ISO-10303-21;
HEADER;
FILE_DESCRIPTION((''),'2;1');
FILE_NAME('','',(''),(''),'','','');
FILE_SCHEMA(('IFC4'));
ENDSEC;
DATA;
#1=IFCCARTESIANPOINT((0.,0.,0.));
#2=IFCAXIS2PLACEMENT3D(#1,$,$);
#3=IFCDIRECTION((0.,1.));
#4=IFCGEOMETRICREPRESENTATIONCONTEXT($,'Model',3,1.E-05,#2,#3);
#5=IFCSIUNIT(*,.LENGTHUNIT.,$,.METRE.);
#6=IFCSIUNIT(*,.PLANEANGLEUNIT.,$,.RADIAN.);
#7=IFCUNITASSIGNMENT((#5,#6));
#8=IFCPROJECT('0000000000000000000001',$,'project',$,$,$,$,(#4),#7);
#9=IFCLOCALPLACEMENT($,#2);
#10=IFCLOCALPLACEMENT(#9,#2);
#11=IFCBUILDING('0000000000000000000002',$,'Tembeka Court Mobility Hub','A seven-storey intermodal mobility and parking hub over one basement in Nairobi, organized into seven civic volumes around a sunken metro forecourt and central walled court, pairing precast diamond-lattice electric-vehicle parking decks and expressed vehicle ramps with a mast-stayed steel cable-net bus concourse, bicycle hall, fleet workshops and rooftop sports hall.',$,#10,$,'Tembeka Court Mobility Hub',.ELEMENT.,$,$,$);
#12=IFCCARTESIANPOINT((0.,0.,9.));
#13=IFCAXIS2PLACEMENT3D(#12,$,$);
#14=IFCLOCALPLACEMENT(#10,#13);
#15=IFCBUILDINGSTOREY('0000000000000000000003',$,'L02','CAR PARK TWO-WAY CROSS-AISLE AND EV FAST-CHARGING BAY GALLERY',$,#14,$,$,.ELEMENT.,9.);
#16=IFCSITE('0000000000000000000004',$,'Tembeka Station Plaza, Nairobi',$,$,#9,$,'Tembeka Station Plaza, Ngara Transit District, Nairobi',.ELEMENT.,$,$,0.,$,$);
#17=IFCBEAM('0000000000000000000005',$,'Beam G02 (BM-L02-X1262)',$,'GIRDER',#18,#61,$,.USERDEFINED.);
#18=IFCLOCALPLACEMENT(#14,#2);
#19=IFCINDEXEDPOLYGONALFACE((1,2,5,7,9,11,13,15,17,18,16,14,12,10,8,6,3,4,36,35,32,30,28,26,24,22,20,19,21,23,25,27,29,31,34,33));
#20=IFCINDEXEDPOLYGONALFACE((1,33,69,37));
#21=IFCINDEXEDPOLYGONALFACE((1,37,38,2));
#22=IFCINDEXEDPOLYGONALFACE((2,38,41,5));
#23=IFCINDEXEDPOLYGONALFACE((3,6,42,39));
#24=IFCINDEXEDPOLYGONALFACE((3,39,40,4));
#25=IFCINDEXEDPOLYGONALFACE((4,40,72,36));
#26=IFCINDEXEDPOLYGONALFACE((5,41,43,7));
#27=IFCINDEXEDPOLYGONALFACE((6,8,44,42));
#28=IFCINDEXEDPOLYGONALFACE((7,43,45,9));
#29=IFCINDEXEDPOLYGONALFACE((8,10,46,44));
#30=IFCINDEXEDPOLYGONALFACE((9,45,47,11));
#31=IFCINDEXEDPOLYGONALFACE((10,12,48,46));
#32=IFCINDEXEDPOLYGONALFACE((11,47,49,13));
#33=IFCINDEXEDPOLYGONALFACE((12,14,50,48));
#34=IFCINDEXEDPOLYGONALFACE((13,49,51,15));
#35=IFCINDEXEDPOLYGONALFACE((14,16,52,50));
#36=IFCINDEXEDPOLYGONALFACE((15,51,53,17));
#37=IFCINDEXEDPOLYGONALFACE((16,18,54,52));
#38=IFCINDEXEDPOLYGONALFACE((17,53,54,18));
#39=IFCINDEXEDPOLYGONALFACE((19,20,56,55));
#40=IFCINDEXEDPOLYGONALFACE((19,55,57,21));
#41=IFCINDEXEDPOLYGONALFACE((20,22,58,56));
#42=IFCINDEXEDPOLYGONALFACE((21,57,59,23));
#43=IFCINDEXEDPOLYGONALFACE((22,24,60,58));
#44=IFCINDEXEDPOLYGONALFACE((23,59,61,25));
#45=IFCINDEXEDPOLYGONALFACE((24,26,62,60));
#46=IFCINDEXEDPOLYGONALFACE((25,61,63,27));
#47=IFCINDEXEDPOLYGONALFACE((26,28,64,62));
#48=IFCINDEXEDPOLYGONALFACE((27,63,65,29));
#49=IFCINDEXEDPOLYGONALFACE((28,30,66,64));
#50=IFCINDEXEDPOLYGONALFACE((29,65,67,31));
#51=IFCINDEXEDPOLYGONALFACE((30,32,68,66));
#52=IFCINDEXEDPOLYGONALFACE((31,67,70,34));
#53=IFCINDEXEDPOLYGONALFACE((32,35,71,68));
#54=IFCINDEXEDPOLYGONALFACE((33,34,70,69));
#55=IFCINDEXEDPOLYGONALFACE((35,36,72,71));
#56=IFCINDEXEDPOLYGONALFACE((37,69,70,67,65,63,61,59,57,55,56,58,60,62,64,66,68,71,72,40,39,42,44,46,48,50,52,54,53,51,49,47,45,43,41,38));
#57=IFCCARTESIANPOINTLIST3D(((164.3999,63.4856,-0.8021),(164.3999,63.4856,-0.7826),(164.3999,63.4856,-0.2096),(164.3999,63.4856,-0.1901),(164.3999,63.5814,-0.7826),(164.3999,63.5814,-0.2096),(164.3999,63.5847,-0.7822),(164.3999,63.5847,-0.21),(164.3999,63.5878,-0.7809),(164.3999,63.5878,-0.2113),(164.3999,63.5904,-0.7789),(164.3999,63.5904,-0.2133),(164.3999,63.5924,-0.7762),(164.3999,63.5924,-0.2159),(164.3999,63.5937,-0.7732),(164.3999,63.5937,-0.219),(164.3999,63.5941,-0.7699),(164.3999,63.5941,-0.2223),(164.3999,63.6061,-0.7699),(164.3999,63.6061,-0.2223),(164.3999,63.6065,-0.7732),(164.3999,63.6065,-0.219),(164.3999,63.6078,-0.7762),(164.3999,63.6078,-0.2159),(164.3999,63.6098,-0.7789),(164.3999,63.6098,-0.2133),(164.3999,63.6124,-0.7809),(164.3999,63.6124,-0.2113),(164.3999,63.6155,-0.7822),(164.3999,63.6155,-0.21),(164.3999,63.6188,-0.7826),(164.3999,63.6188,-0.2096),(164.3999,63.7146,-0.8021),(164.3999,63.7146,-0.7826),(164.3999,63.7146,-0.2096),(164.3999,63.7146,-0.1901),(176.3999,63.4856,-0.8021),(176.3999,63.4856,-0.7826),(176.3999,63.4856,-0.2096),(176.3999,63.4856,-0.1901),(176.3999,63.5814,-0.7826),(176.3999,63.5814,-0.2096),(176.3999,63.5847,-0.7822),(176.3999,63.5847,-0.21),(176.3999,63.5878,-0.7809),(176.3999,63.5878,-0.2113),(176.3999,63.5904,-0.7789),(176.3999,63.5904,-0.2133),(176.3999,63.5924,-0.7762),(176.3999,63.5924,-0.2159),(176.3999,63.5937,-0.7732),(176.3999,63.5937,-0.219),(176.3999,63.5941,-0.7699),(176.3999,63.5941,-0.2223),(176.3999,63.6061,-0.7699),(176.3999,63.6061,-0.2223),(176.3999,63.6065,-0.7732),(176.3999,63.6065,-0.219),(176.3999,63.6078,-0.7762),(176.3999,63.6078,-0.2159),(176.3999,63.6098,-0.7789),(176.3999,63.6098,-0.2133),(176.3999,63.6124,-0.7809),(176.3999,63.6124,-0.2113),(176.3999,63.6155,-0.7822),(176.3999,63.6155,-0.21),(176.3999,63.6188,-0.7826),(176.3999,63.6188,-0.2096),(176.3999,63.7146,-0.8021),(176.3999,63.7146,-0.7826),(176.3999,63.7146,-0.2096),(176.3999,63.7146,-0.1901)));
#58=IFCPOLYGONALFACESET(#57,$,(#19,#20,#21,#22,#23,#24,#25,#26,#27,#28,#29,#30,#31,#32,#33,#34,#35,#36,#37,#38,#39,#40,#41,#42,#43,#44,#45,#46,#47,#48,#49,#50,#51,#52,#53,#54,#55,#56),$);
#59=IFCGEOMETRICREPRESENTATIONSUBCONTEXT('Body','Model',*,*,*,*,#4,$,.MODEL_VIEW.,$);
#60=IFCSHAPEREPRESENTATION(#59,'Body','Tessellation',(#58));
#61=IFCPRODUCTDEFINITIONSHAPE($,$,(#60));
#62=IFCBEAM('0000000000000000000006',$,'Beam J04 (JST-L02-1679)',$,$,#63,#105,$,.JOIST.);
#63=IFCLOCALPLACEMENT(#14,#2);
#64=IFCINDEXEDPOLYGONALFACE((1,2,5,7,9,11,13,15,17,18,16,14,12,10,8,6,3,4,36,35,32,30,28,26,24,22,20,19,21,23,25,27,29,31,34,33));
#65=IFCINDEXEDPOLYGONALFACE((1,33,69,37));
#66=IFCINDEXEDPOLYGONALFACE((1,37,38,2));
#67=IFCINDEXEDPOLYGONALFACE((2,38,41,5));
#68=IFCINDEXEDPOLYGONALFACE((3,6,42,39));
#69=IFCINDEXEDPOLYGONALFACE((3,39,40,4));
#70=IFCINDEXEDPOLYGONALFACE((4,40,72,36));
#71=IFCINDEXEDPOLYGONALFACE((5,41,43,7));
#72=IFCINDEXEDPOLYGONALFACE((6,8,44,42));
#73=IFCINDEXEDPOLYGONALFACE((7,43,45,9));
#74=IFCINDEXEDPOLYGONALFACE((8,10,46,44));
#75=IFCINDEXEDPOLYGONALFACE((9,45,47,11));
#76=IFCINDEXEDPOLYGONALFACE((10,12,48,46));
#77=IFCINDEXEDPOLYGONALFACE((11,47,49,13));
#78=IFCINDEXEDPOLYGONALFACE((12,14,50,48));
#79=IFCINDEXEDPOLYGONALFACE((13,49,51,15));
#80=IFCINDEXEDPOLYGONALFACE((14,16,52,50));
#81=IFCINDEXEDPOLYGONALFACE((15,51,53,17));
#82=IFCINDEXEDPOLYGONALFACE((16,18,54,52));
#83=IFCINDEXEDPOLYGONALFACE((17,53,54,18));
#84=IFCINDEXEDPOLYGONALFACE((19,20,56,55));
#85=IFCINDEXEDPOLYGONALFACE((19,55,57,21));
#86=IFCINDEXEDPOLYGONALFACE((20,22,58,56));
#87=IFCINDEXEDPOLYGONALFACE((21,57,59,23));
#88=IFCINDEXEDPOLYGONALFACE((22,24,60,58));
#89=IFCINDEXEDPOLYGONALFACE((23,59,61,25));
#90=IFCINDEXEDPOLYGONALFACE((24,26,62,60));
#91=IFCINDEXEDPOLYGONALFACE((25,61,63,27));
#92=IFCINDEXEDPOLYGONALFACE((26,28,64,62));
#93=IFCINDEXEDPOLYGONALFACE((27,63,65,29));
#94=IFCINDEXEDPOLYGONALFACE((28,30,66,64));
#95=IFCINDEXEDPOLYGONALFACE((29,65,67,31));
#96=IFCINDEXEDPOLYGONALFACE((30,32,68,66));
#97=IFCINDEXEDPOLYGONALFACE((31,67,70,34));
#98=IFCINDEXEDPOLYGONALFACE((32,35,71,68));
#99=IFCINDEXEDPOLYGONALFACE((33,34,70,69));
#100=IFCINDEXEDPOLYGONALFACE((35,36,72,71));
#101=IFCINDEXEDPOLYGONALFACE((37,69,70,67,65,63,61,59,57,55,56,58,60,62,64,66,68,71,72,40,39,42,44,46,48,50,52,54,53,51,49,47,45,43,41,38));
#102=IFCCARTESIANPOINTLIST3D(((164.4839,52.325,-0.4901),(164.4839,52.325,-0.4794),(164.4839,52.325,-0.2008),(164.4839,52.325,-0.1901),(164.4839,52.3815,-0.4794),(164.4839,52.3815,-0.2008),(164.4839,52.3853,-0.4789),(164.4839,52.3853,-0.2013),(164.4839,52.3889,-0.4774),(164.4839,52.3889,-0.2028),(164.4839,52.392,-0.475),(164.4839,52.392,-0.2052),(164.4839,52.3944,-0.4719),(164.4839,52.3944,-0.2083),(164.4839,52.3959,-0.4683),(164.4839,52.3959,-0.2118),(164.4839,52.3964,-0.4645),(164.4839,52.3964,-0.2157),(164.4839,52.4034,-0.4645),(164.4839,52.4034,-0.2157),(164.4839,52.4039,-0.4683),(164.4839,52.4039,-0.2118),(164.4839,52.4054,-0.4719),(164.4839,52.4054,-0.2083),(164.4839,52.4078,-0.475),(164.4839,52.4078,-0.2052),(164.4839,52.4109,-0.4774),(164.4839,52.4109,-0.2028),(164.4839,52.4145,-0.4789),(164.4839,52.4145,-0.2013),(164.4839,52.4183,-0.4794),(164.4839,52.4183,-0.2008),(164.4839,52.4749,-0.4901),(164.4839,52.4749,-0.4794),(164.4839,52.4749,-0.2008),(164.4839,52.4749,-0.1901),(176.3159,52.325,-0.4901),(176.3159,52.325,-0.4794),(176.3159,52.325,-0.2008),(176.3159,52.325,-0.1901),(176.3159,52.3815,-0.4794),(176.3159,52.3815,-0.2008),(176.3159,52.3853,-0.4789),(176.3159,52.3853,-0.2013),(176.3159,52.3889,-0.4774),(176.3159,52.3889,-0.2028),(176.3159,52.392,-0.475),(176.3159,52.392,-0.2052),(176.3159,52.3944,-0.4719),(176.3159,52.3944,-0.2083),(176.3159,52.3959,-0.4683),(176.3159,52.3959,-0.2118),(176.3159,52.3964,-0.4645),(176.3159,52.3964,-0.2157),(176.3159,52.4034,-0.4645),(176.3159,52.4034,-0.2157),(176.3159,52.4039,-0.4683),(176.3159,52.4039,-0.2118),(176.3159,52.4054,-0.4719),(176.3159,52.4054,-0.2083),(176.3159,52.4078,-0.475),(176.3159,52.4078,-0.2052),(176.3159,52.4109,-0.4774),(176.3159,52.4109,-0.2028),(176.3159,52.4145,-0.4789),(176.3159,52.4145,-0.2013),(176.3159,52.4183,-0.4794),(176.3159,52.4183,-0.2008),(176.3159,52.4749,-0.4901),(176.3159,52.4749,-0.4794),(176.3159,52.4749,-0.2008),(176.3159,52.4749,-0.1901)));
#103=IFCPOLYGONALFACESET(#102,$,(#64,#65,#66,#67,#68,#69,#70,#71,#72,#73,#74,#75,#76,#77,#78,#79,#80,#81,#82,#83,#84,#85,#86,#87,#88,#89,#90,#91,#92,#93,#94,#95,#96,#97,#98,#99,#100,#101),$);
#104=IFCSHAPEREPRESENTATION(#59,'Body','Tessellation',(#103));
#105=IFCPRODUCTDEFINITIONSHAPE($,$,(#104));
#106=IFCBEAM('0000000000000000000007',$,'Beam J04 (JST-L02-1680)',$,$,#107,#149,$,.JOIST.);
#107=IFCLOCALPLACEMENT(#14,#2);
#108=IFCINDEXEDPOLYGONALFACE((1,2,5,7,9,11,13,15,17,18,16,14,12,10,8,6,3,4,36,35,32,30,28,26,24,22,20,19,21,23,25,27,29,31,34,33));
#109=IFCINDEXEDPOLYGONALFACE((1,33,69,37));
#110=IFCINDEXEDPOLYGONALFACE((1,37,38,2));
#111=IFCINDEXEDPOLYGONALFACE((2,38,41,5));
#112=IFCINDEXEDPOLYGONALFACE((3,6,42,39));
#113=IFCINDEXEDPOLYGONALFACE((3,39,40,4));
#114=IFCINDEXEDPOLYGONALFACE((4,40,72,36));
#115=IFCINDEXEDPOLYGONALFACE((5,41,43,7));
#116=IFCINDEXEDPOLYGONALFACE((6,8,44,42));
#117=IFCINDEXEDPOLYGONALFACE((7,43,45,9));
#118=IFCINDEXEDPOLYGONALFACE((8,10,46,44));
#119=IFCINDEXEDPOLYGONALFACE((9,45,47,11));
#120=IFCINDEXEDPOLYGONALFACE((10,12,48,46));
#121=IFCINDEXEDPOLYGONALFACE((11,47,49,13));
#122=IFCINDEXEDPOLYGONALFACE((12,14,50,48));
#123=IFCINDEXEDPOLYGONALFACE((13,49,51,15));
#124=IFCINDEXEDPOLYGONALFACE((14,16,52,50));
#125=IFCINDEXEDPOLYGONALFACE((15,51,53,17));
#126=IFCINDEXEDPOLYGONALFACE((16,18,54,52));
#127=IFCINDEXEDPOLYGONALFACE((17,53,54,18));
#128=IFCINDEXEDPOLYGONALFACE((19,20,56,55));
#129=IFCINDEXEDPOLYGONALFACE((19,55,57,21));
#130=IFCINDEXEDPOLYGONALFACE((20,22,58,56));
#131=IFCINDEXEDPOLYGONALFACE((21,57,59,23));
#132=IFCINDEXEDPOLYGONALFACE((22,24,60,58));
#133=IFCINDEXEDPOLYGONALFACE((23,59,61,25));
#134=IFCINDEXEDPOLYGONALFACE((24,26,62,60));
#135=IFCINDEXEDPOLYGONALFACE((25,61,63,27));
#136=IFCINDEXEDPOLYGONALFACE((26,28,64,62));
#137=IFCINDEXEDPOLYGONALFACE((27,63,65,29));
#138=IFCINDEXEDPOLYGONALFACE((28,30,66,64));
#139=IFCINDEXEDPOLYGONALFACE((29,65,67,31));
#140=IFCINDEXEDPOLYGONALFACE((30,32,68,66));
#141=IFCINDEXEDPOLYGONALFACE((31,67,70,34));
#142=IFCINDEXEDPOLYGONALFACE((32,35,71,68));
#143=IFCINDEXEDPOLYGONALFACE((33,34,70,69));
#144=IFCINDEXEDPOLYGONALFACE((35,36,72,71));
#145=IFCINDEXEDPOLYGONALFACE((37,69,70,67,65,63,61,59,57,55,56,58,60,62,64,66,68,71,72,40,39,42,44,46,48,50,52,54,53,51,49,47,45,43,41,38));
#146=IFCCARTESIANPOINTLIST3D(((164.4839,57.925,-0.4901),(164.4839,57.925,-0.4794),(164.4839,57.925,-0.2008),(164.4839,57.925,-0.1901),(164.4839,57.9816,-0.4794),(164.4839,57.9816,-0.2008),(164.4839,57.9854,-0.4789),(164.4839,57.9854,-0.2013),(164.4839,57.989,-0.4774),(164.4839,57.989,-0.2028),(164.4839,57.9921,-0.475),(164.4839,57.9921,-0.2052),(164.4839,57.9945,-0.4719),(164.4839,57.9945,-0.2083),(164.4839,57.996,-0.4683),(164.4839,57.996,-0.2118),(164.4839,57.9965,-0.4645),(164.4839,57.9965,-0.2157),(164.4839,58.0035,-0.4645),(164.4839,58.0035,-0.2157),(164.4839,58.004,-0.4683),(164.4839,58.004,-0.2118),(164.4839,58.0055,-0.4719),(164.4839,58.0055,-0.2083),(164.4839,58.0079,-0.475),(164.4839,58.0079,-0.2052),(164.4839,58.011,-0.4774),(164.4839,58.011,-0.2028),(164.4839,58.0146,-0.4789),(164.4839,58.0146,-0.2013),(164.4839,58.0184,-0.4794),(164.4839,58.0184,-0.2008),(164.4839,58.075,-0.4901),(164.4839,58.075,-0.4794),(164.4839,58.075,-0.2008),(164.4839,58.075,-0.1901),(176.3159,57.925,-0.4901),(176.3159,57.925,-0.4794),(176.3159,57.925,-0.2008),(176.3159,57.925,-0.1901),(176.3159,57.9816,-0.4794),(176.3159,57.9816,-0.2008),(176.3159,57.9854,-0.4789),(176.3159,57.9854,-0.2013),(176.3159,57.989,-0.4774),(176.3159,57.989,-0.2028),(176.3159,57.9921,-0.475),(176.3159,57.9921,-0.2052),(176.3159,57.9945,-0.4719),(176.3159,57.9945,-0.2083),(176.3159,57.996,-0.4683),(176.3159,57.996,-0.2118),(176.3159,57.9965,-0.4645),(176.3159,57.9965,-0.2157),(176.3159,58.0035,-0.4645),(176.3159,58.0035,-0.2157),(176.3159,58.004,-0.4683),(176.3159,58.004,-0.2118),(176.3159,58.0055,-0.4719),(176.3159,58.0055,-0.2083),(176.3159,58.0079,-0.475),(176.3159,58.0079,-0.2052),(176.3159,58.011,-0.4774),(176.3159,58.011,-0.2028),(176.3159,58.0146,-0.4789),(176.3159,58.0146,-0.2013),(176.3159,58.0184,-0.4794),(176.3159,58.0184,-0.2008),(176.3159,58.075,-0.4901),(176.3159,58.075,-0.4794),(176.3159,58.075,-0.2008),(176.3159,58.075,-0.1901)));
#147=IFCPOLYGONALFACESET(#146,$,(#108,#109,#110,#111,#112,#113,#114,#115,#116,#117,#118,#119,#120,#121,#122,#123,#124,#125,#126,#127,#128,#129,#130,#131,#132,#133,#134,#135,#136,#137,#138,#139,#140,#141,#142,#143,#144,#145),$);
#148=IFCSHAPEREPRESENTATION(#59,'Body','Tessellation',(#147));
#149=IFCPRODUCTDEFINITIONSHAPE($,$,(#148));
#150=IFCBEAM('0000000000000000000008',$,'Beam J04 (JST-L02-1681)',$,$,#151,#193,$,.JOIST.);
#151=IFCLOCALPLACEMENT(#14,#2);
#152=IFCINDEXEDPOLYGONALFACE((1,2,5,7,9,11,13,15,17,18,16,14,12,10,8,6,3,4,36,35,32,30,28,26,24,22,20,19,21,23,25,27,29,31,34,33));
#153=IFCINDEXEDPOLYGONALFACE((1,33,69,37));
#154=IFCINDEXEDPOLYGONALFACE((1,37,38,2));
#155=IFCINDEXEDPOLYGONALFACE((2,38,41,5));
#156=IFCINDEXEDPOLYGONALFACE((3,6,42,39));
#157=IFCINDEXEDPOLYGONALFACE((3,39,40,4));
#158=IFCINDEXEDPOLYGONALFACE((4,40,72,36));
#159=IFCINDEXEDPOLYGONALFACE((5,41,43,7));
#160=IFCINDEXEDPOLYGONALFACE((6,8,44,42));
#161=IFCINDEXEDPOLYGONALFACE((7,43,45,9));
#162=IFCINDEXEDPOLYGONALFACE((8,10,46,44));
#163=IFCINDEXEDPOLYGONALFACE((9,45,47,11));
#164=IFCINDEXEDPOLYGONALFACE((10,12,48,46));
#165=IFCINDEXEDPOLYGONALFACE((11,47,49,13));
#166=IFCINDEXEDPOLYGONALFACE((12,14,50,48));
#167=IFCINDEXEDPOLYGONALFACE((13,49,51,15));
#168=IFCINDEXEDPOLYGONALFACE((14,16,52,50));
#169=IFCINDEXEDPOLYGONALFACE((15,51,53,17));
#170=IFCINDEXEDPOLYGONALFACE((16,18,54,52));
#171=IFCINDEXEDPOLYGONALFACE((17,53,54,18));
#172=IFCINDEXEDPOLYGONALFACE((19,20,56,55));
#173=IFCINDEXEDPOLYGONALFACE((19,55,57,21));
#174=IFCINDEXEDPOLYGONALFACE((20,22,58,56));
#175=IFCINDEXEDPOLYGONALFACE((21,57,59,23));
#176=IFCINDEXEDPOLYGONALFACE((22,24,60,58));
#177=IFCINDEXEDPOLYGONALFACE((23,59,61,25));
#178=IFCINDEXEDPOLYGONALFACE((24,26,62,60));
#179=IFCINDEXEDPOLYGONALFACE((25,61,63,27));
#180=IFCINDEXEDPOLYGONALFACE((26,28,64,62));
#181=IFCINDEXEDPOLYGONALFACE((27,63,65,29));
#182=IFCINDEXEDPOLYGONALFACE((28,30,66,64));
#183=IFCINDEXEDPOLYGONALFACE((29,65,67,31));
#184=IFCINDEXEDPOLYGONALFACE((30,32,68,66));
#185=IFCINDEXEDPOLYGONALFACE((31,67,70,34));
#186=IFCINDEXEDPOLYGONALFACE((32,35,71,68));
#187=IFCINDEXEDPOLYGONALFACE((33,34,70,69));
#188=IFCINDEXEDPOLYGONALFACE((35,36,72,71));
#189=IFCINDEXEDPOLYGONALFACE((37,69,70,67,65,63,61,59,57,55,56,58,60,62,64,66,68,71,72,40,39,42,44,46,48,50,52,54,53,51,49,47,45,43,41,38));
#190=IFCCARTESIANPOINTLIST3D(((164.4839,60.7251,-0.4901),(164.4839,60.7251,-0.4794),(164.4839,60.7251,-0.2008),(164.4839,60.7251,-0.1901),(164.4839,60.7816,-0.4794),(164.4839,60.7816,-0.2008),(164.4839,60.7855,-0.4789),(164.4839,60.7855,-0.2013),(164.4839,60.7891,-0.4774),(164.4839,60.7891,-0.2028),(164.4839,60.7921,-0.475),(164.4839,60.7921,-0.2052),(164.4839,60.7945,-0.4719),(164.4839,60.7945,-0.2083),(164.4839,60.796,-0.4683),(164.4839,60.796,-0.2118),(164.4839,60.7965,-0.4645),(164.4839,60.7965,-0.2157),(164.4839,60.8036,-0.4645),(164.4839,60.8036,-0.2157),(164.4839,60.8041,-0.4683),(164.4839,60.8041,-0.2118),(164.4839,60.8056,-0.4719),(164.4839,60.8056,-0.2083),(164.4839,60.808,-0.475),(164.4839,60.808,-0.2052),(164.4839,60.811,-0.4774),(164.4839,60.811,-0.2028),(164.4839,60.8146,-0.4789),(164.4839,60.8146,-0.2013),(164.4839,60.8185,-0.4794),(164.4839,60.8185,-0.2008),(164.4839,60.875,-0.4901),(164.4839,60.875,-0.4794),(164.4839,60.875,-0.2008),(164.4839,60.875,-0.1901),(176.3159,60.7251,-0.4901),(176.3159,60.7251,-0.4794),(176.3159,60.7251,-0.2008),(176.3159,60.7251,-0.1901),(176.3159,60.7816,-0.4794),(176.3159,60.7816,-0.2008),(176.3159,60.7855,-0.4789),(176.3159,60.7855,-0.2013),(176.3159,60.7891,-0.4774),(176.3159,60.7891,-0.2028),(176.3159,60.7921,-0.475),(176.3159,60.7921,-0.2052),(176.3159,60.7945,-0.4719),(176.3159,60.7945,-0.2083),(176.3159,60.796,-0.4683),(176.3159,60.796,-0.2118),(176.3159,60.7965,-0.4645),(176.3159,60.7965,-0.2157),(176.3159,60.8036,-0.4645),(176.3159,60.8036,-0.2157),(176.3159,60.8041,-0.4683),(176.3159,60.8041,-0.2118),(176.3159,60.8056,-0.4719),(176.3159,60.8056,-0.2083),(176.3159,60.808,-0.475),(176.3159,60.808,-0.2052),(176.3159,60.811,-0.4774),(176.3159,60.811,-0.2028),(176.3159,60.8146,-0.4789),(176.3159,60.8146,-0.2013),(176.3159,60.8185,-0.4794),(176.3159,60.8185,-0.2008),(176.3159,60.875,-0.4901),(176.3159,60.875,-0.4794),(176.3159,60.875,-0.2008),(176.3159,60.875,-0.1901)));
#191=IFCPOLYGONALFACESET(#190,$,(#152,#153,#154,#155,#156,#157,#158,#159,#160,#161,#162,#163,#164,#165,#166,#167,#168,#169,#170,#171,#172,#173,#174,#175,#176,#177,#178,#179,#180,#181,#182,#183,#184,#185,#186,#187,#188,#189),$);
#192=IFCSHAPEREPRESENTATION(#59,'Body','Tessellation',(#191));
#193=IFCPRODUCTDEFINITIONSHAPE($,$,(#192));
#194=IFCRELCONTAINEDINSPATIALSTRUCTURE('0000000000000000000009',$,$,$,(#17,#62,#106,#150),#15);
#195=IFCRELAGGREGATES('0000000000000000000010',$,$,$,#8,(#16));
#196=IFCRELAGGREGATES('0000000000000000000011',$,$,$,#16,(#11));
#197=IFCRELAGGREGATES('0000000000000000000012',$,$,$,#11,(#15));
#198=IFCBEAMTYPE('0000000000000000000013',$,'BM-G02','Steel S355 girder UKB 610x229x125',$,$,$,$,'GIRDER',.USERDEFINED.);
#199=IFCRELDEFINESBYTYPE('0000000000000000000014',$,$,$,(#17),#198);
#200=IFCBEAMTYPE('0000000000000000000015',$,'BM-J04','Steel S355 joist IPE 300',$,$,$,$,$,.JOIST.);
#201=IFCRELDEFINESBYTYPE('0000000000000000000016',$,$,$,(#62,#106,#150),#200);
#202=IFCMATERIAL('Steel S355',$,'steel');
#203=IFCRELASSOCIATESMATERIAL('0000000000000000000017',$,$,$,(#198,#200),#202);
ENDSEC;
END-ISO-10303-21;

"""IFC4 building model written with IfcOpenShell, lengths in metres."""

from ifc_helpers import new_model, si_unit, direction, frame, origin, origin_2d, place, context, subcontext, project, spatial, i_section, extrude, material, material_profile, profile_set, type_object, element, save


model = new_model("IFC4")

# Units and contexts
model_context = context("Model", 3, precision=1e-05, world=origin(), true_north=direction((0.0, 1.0)))
body_context = subcontext(model_context, "Body", "Model", "MODEL_VIEW")
ifc_project = project(units=[si_unit("LENGTHUNIT", "METRE"), si_unit("PLANEANGLEUNIT", "RADIAN")], contexts=[model_context])

# Site, building, storey
site_placement = place(None, origin())
site = spatial("IfcSite", under=ifc_project, at=site_placement, Name="Tembeka Station Plaza, Nairobi", LongName="Tembeka Station Plaza, Ngara Transit District, Nairobi", CompositionType="ELEMENT", RefElevation=0.0)
building_placement = place(site_placement, origin())
building = spatial("IfcBuilding", under=site, at=building_placement, Name="Tembeka Court Mobility Hub", Description="A seven-storey intermodal mobility and parking hub over one basement in Nairobi, organized into seven civic volumes around a sunken metro forecourt and central walled court, pairing precast diamond-lattice electric-vehicle parking decks and expressed vehicle ramps with a mast-stayed steel cable-net bus concourse, bicycle hall, fleet workshops and rooftop sports hall.", LongName="Tembeka Court Mobility Hub", CompositionType="ELEMENT")
storey_placement = place(building_placement, frame((0.0, 0.0, 9.0)))
storey = spatial("IfcBuildingStorey", under=building, at=storey_placement, Name="L02", Description="CAR PARK TWO-WAY CROSS-AISLE AND EV FAST-CHARGING BAY GALLERY", CompositionType="ELEMENT", Elevation=9.0)

# Shared definitions
ifc_material_1 = material(Name="Steel S355", Category="steel")

# Beams
ifc_material_profile_1 = material_profile(ifc_material_1, i_section(OverallWidth=0.229, OverallDepth=0.6121, WebThickness=0.012, FlangeThickness=0.0195, FilletRadius=0.0127, at=origin_2d()), Name="UKB 610x229x125")
ifc_profile_set_1 = profile_set([ifc_material_profile_1], Name="Steel S355")
beam_type_1 = type_object("IfcBeamType", Name="BM-G02", Description="Steel S355 girder UKB 610x229x125", ElementType="GIRDER", PredefinedType="USERDEFINED", material=ifc_profile_set_1)
beam_1_placement = place(storey_placement, frame((164.3999, 63.6001, -0.4961), z_axis=(1.0, 0.0, 0.0), x_axis=(0.0, 1.0, 0.0)))
element("IfcBeam", 1, at=beam_1_placement, inside=storey, type_object=beam_type_1, Name="Beam G02 (BM-L02-X1262)", ObjectType="GIRDER", PredefinedType="USERDEFINED", context=body_context, shape_type="SweptSolid", body=[
    extrude(i_section(OverallWidth=0.229, OverallDepth=0.6121, WebThickness=0.012, FlangeThickness=0.0195, FilletRadius=0.0127, at=origin_2d()), origin(), (0.0, 0.0, 1.0), 12.0),
])
ifc_material_profile_2 = material_profile(ifc_material_1, i_section(OverallWidth=0.1499, OverallDepth=0.3, WebThickness=0.0071, FlangeThickness=0.0107, FilletRadius=0.0149, at=origin_2d()), Name="IPE 300")
ifc_profile_set_2 = profile_set([ifc_material_profile_2], Name="Steel S355")
beam_type_2 = type_object("IfcBeamType", Name="BM-J04", Description="Steel S355 joist IPE 300", PredefinedType="JOIST", material=ifc_profile_set_2)
for number, where, z_axis, x_axis, name in (
    (2, (164.4839, 52.3999, -0.3401), (1.0, 0.0, 0.0), (0.0, 1.0, 0.0), "Beam J04 (JST-L02-1679)"),
    (3, (164.4839, 58.0, -0.3401), (1.0, 0.0, 0.0), (0.0, 1.0, 0.0), "Beam J04 (JST-L02-1680)"),
    (4, (164.4839, 60.8, -0.3401), (1.0, 0.0, 0.0), (0.0, 1.0, 0.0), "Beam J04 (JST-L02-1681)"),
):
    element("IfcBeam", number, at=place(storey_placement, frame(where, z_axis=z_axis, x_axis=x_axis)), inside=storey, type_object=beam_type_2, Name=name, PredefinedType="JOIST", context=body_context, shape_type="SweptSolid", body=[
        extrude(i_section(OverallWidth=0.1499, OverallDepth=0.3, WebThickness=0.0071, FlangeThickness=0.0107, FilletRadius=0.0149, at=origin_2d()), origin(), (0.0, 0.0, 1.0), 11.832),
    ])

save(model, "model.ifc")
